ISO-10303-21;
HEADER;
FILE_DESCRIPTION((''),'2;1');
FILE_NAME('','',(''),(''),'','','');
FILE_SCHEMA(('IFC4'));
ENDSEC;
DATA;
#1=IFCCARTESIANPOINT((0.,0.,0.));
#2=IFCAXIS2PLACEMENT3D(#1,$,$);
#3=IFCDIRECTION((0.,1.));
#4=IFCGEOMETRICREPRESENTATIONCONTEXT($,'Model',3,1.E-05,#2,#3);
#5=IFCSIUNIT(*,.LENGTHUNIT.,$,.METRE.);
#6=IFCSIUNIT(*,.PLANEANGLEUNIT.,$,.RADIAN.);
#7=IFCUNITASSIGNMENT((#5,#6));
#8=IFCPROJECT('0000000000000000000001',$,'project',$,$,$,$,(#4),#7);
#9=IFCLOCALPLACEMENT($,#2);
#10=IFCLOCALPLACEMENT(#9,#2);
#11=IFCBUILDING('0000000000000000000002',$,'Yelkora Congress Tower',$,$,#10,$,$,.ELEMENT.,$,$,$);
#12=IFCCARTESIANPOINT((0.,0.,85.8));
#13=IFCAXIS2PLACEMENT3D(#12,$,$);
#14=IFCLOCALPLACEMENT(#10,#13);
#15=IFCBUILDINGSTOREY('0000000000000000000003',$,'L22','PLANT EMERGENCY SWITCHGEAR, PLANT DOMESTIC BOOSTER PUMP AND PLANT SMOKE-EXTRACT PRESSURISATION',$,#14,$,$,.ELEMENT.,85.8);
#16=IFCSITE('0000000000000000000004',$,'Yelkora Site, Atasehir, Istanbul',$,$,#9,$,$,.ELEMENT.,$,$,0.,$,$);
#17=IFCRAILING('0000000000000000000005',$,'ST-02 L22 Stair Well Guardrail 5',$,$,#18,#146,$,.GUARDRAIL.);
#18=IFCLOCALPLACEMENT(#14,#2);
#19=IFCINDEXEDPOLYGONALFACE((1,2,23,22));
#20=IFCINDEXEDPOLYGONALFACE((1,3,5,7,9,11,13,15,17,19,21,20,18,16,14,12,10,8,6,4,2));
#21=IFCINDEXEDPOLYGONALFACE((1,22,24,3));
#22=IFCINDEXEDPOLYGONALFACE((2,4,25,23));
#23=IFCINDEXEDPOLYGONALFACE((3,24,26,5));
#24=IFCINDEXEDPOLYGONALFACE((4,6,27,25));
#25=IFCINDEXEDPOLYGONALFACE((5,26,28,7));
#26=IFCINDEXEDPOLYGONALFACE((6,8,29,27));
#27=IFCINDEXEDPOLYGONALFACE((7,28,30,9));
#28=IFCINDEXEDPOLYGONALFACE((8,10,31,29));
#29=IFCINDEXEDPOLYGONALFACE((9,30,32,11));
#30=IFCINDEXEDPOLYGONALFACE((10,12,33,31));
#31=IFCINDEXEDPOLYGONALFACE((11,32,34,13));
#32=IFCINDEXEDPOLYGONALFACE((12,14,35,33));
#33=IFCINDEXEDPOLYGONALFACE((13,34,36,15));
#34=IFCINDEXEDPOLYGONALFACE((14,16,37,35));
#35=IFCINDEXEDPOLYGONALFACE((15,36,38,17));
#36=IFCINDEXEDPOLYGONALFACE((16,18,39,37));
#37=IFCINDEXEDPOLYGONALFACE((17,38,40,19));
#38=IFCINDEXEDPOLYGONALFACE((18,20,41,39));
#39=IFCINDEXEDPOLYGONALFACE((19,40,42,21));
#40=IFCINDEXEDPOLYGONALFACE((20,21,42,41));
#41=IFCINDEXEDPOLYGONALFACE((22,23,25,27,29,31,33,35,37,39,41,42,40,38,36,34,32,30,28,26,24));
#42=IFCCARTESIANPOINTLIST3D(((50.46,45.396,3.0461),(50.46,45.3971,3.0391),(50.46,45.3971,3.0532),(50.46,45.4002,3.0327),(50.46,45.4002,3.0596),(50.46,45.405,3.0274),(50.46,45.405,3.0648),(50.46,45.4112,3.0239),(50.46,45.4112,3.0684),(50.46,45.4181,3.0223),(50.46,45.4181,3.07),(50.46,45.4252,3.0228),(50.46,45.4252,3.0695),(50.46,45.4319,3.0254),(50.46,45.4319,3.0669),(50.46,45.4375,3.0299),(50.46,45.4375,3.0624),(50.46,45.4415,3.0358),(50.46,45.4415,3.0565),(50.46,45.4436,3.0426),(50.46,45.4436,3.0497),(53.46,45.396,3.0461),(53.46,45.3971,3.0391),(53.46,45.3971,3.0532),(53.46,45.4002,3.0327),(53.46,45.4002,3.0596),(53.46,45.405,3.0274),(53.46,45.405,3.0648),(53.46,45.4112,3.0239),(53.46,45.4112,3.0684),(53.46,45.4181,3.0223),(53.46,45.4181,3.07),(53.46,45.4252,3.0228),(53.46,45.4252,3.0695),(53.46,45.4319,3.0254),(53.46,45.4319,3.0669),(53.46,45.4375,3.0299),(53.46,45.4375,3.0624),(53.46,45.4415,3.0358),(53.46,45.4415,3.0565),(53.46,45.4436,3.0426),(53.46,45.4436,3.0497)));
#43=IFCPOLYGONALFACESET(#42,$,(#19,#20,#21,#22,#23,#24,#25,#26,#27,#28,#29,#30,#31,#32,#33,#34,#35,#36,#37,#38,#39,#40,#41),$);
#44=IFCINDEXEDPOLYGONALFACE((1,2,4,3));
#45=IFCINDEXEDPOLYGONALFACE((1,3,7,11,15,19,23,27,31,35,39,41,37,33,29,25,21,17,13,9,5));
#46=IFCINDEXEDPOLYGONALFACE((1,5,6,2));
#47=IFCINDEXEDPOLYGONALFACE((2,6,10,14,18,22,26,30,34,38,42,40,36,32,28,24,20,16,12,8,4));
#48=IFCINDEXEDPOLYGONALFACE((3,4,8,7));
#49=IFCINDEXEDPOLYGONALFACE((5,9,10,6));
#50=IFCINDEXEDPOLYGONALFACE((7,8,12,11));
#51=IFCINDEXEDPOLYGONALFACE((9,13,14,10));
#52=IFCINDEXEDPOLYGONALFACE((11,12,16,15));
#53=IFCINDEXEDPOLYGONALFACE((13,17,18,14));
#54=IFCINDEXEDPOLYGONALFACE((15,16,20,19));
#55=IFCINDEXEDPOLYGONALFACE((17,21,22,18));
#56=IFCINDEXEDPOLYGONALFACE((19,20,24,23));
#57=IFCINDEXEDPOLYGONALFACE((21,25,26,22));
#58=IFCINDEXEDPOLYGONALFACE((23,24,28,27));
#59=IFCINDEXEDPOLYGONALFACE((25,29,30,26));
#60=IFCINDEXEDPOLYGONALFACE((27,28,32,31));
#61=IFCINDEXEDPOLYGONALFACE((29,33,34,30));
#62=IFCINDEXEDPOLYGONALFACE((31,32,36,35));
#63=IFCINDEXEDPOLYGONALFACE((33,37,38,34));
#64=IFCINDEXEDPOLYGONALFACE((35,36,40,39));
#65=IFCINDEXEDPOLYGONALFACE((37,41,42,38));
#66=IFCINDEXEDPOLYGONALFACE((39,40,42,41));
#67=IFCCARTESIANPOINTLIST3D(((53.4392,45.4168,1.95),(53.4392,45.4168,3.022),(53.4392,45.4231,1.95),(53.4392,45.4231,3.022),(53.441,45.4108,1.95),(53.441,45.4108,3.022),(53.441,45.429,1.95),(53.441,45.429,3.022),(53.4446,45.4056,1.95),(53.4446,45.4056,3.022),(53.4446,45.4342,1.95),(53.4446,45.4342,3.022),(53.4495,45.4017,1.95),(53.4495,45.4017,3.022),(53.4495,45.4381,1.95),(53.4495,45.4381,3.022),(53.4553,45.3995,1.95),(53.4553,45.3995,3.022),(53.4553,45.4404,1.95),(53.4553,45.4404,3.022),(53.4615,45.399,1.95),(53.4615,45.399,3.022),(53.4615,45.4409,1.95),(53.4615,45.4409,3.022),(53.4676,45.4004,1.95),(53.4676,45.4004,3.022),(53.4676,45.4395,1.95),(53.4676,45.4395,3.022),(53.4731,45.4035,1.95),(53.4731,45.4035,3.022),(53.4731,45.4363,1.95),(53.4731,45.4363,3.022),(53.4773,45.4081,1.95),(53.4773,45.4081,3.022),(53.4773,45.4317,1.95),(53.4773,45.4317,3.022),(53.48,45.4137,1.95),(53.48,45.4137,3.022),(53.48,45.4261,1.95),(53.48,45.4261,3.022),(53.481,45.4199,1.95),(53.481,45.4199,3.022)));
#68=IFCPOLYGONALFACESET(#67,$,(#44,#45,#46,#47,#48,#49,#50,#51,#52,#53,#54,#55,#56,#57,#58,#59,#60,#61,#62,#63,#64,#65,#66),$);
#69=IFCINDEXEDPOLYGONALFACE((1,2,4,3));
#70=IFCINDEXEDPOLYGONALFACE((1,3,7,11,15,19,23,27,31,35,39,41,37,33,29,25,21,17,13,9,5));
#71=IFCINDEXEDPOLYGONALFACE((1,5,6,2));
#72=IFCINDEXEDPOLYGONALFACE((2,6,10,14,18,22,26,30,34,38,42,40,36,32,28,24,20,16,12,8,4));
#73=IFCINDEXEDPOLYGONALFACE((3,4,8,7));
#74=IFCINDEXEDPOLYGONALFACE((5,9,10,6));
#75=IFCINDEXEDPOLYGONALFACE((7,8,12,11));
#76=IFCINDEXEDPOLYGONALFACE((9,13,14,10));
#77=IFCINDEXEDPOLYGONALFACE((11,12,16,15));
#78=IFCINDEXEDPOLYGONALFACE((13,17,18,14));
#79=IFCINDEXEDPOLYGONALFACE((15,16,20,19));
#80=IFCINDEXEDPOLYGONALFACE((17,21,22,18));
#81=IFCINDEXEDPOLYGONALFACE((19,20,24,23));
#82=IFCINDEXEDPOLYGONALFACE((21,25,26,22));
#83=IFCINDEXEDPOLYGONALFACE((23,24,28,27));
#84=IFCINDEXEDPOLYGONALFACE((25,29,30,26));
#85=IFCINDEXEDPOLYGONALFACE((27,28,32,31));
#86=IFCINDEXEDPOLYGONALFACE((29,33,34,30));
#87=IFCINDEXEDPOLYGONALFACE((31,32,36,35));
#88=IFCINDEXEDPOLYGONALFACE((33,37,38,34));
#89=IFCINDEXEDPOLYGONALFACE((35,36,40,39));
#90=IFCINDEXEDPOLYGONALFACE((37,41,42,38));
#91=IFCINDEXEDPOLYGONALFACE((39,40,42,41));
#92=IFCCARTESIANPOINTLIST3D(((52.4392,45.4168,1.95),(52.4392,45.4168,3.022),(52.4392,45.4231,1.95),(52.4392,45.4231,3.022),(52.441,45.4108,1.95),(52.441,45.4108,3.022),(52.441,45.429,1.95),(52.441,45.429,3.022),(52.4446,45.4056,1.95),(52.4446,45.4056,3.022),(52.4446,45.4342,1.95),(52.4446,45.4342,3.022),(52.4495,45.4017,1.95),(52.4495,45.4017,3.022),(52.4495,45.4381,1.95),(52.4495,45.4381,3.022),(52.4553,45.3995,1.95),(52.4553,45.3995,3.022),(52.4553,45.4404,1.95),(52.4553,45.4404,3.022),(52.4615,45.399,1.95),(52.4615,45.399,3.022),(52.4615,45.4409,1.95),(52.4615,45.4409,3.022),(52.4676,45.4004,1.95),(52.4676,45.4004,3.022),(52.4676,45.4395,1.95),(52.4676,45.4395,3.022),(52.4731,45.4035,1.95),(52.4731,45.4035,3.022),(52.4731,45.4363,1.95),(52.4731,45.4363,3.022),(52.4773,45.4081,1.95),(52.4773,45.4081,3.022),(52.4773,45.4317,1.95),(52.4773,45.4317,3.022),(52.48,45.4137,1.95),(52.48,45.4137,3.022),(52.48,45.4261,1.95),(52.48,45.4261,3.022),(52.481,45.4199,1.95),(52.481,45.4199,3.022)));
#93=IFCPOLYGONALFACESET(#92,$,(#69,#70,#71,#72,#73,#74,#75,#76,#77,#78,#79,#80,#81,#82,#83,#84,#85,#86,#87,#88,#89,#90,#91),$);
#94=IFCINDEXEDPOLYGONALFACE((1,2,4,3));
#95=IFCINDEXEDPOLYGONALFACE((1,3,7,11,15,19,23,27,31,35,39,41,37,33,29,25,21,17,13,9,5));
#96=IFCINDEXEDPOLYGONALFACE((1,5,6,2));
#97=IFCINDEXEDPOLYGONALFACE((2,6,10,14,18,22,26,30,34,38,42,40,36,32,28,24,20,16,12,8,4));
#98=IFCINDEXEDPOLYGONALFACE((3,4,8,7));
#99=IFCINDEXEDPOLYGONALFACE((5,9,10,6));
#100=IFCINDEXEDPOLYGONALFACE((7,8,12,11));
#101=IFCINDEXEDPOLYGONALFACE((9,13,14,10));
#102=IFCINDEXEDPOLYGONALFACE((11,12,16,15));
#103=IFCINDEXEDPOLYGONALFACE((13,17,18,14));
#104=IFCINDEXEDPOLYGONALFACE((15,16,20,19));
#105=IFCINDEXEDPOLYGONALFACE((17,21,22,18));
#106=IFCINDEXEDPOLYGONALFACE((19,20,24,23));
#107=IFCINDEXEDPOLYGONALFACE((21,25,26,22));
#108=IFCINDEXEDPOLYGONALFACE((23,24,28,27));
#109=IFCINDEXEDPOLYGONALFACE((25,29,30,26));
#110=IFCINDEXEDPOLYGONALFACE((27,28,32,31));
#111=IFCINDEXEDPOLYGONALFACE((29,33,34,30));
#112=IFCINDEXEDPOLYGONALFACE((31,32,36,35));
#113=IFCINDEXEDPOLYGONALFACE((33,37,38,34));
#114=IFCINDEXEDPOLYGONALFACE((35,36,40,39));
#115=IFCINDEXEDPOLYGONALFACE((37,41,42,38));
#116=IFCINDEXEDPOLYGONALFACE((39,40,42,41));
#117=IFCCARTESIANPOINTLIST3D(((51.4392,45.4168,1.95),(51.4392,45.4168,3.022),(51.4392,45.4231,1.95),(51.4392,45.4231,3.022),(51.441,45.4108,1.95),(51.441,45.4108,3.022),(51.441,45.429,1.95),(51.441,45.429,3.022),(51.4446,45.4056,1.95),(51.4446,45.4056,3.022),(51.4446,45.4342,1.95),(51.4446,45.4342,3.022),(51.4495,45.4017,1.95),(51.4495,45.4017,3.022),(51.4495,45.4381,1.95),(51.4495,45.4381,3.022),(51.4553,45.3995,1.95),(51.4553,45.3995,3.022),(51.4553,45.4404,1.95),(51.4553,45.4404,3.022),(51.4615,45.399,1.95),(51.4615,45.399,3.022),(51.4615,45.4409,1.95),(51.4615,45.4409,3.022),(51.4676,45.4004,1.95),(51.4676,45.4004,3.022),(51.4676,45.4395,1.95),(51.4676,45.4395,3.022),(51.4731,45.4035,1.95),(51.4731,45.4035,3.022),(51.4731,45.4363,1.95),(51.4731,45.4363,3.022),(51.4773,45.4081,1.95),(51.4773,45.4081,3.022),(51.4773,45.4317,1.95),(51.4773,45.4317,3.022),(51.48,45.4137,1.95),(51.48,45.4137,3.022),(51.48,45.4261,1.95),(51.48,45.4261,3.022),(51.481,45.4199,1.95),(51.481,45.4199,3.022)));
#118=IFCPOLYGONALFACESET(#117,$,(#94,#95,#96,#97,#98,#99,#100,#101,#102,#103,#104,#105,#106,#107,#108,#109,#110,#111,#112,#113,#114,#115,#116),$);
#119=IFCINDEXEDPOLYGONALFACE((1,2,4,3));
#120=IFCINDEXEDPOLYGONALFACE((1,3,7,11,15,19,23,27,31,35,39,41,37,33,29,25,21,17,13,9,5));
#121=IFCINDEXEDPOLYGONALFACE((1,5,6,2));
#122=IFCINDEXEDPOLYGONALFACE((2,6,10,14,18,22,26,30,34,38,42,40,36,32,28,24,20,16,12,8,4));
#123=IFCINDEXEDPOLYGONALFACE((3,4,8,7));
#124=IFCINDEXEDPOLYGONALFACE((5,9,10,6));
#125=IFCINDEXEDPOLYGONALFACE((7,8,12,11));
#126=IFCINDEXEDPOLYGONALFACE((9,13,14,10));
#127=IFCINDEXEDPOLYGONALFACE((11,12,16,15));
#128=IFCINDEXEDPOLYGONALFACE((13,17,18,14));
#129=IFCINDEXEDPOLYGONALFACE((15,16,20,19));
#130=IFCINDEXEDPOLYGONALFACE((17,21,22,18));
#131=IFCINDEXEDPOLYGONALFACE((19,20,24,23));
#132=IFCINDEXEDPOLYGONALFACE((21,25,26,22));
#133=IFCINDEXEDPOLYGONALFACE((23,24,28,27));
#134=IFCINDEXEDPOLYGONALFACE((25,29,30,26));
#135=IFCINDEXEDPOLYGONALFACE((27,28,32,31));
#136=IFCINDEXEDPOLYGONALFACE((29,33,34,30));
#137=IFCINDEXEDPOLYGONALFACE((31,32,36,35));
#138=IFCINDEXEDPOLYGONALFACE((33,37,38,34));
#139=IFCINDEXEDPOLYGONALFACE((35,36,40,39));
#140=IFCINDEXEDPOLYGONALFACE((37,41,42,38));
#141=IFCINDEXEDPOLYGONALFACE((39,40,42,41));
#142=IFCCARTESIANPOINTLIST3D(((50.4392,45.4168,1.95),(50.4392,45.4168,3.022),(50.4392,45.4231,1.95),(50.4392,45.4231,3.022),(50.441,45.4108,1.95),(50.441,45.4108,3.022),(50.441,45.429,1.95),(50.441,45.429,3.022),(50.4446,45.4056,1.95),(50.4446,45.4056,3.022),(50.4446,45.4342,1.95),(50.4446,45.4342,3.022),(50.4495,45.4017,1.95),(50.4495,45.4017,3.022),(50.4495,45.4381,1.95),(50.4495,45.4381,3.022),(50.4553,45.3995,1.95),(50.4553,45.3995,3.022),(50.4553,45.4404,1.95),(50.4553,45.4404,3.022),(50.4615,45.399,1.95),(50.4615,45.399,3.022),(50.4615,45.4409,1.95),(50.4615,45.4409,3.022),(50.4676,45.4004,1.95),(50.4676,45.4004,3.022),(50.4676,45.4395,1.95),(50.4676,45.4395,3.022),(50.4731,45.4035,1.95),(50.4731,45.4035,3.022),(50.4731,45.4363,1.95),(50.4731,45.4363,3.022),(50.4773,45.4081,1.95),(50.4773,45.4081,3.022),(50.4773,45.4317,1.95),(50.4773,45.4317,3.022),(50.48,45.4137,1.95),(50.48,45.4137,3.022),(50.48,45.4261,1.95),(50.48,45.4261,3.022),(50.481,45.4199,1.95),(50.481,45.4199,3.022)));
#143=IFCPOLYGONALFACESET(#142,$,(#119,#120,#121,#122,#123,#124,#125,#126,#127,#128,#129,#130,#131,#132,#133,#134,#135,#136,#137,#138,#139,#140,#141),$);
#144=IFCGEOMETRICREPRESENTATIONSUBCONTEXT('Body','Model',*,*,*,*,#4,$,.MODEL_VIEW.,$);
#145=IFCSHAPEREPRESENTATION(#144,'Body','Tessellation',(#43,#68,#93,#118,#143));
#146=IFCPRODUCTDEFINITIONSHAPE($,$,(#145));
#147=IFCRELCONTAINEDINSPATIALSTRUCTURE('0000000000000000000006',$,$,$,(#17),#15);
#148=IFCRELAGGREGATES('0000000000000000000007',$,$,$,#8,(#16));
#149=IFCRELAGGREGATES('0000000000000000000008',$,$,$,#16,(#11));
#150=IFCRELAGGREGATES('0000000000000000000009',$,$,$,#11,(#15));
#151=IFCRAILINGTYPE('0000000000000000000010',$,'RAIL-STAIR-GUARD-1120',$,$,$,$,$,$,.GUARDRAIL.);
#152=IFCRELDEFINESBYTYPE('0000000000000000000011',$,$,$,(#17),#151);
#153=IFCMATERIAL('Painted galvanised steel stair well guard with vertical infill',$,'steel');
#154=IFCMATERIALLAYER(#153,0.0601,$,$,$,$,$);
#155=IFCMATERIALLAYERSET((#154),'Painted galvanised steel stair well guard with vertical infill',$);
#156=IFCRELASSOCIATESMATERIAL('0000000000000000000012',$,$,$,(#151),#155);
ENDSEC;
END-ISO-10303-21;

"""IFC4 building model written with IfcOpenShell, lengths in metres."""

from ifc_helpers import new_model, si_unit, direction, frame, origin, origin_2d, place, context, subcontext, project, spatial, circle, extrude, material, layer, layer_set, type_object, element, save


model = new_model("IFC4")

# Units and contexts
model_context = context("Model", 3, precision=1e-05, world=origin(), true_north=direction((0.0, 1.0)))
body_context = subcontext(model_context, "Body", "Model", "MODEL_VIEW")
ifc_project = project(units=[si_unit("LENGTHUNIT", "METRE"), si_unit("PLANEANGLEUNIT", "RADIAN")], contexts=[model_context])

# Site, building, storey
site_placement = place(None, origin())
site = spatial("IfcSite", under=ifc_project, at=site_placement, Name="Yelkora Site, Atasehir, Istanbul", CompositionType="ELEMENT", RefElevation=0.0)
building_placement = place(site_placement, origin())
building = spatial("IfcBuilding", under=site, at=building_placement, Name="Yelkora Congress Tower", CompositionType="ELEMENT")
storey_placement = place(building_placement, frame((0.0, 0.0, 85.8)))
storey = spatial("IfcBuildingStorey", under=building, at=storey_placement, Name="L22", Description="PLANT EMERGENCY SWITCHGEAR, PLANT DOMESTIC BOOSTER PUMP AND PLANT SMOKE-EXTRACT PRESSURISATION", CompositionType="ELEMENT", Elevation=85.8)

# Railing
ifc_material_1 = material(Name="Painted galvanised steel stair well guard with vertical infill", Category="steel")
ifc_layer_1 = layer(ifc_material_1, 0.0601)
ifc_layer_set_1 = layer_set([ifc_layer_1], Name="Painted galvanised steel stair well guard with vertical infill")
railing_type_1 = type_object("IfcRailingType", Name="RAIL-STAIR-GUARD-1120", PredefinedType="GUARDRAIL", material=ifc_layer_set_1)
railing_1_placement = place(storey_placement, frame((53.46, 45.4199, 1.95)))
element("IfcRailing", 1, at=railing_1_placement, inside=storey, type_object=railing_type_1, Name="ST-02 L22 Stair Well Guardrail 5", PredefinedType="GUARDRAIL", context=body_context, shape_type="SweptSolid", body=[
    extrude(circle(Radius=0.0239, at=origin_2d()), frame((0.0, 0.0, 1.0962), z_axis=(-1.0, 0.0, 0.0), x_axis=(0.0, -1.0, 0.0)), (0.0, 0.0, 1.0), 3.0),
    extrude(circle(Radius=0.021, at=origin_2d()), origin(), (0.0, 0.0, 1.0), 1.072),
    extrude(circle(Radius=0.021, at=origin_2d()), frame((-1.0, 0.0, 0.0)), (0.0, 0.0, 1.0), 1.072),
    extrude(circle(Radius=0.021, at=origin_2d()), frame((-2.0, 0.0, 0.0)), (0.0, 0.0, 1.0), 1.072),
    extrude(circle(Radius=0.021, at=origin_2d()), frame((-3.0, 0.0, 0.0)), (0.0, 0.0, 1.0), 1.072),
])

save(model, "model.ifc")
